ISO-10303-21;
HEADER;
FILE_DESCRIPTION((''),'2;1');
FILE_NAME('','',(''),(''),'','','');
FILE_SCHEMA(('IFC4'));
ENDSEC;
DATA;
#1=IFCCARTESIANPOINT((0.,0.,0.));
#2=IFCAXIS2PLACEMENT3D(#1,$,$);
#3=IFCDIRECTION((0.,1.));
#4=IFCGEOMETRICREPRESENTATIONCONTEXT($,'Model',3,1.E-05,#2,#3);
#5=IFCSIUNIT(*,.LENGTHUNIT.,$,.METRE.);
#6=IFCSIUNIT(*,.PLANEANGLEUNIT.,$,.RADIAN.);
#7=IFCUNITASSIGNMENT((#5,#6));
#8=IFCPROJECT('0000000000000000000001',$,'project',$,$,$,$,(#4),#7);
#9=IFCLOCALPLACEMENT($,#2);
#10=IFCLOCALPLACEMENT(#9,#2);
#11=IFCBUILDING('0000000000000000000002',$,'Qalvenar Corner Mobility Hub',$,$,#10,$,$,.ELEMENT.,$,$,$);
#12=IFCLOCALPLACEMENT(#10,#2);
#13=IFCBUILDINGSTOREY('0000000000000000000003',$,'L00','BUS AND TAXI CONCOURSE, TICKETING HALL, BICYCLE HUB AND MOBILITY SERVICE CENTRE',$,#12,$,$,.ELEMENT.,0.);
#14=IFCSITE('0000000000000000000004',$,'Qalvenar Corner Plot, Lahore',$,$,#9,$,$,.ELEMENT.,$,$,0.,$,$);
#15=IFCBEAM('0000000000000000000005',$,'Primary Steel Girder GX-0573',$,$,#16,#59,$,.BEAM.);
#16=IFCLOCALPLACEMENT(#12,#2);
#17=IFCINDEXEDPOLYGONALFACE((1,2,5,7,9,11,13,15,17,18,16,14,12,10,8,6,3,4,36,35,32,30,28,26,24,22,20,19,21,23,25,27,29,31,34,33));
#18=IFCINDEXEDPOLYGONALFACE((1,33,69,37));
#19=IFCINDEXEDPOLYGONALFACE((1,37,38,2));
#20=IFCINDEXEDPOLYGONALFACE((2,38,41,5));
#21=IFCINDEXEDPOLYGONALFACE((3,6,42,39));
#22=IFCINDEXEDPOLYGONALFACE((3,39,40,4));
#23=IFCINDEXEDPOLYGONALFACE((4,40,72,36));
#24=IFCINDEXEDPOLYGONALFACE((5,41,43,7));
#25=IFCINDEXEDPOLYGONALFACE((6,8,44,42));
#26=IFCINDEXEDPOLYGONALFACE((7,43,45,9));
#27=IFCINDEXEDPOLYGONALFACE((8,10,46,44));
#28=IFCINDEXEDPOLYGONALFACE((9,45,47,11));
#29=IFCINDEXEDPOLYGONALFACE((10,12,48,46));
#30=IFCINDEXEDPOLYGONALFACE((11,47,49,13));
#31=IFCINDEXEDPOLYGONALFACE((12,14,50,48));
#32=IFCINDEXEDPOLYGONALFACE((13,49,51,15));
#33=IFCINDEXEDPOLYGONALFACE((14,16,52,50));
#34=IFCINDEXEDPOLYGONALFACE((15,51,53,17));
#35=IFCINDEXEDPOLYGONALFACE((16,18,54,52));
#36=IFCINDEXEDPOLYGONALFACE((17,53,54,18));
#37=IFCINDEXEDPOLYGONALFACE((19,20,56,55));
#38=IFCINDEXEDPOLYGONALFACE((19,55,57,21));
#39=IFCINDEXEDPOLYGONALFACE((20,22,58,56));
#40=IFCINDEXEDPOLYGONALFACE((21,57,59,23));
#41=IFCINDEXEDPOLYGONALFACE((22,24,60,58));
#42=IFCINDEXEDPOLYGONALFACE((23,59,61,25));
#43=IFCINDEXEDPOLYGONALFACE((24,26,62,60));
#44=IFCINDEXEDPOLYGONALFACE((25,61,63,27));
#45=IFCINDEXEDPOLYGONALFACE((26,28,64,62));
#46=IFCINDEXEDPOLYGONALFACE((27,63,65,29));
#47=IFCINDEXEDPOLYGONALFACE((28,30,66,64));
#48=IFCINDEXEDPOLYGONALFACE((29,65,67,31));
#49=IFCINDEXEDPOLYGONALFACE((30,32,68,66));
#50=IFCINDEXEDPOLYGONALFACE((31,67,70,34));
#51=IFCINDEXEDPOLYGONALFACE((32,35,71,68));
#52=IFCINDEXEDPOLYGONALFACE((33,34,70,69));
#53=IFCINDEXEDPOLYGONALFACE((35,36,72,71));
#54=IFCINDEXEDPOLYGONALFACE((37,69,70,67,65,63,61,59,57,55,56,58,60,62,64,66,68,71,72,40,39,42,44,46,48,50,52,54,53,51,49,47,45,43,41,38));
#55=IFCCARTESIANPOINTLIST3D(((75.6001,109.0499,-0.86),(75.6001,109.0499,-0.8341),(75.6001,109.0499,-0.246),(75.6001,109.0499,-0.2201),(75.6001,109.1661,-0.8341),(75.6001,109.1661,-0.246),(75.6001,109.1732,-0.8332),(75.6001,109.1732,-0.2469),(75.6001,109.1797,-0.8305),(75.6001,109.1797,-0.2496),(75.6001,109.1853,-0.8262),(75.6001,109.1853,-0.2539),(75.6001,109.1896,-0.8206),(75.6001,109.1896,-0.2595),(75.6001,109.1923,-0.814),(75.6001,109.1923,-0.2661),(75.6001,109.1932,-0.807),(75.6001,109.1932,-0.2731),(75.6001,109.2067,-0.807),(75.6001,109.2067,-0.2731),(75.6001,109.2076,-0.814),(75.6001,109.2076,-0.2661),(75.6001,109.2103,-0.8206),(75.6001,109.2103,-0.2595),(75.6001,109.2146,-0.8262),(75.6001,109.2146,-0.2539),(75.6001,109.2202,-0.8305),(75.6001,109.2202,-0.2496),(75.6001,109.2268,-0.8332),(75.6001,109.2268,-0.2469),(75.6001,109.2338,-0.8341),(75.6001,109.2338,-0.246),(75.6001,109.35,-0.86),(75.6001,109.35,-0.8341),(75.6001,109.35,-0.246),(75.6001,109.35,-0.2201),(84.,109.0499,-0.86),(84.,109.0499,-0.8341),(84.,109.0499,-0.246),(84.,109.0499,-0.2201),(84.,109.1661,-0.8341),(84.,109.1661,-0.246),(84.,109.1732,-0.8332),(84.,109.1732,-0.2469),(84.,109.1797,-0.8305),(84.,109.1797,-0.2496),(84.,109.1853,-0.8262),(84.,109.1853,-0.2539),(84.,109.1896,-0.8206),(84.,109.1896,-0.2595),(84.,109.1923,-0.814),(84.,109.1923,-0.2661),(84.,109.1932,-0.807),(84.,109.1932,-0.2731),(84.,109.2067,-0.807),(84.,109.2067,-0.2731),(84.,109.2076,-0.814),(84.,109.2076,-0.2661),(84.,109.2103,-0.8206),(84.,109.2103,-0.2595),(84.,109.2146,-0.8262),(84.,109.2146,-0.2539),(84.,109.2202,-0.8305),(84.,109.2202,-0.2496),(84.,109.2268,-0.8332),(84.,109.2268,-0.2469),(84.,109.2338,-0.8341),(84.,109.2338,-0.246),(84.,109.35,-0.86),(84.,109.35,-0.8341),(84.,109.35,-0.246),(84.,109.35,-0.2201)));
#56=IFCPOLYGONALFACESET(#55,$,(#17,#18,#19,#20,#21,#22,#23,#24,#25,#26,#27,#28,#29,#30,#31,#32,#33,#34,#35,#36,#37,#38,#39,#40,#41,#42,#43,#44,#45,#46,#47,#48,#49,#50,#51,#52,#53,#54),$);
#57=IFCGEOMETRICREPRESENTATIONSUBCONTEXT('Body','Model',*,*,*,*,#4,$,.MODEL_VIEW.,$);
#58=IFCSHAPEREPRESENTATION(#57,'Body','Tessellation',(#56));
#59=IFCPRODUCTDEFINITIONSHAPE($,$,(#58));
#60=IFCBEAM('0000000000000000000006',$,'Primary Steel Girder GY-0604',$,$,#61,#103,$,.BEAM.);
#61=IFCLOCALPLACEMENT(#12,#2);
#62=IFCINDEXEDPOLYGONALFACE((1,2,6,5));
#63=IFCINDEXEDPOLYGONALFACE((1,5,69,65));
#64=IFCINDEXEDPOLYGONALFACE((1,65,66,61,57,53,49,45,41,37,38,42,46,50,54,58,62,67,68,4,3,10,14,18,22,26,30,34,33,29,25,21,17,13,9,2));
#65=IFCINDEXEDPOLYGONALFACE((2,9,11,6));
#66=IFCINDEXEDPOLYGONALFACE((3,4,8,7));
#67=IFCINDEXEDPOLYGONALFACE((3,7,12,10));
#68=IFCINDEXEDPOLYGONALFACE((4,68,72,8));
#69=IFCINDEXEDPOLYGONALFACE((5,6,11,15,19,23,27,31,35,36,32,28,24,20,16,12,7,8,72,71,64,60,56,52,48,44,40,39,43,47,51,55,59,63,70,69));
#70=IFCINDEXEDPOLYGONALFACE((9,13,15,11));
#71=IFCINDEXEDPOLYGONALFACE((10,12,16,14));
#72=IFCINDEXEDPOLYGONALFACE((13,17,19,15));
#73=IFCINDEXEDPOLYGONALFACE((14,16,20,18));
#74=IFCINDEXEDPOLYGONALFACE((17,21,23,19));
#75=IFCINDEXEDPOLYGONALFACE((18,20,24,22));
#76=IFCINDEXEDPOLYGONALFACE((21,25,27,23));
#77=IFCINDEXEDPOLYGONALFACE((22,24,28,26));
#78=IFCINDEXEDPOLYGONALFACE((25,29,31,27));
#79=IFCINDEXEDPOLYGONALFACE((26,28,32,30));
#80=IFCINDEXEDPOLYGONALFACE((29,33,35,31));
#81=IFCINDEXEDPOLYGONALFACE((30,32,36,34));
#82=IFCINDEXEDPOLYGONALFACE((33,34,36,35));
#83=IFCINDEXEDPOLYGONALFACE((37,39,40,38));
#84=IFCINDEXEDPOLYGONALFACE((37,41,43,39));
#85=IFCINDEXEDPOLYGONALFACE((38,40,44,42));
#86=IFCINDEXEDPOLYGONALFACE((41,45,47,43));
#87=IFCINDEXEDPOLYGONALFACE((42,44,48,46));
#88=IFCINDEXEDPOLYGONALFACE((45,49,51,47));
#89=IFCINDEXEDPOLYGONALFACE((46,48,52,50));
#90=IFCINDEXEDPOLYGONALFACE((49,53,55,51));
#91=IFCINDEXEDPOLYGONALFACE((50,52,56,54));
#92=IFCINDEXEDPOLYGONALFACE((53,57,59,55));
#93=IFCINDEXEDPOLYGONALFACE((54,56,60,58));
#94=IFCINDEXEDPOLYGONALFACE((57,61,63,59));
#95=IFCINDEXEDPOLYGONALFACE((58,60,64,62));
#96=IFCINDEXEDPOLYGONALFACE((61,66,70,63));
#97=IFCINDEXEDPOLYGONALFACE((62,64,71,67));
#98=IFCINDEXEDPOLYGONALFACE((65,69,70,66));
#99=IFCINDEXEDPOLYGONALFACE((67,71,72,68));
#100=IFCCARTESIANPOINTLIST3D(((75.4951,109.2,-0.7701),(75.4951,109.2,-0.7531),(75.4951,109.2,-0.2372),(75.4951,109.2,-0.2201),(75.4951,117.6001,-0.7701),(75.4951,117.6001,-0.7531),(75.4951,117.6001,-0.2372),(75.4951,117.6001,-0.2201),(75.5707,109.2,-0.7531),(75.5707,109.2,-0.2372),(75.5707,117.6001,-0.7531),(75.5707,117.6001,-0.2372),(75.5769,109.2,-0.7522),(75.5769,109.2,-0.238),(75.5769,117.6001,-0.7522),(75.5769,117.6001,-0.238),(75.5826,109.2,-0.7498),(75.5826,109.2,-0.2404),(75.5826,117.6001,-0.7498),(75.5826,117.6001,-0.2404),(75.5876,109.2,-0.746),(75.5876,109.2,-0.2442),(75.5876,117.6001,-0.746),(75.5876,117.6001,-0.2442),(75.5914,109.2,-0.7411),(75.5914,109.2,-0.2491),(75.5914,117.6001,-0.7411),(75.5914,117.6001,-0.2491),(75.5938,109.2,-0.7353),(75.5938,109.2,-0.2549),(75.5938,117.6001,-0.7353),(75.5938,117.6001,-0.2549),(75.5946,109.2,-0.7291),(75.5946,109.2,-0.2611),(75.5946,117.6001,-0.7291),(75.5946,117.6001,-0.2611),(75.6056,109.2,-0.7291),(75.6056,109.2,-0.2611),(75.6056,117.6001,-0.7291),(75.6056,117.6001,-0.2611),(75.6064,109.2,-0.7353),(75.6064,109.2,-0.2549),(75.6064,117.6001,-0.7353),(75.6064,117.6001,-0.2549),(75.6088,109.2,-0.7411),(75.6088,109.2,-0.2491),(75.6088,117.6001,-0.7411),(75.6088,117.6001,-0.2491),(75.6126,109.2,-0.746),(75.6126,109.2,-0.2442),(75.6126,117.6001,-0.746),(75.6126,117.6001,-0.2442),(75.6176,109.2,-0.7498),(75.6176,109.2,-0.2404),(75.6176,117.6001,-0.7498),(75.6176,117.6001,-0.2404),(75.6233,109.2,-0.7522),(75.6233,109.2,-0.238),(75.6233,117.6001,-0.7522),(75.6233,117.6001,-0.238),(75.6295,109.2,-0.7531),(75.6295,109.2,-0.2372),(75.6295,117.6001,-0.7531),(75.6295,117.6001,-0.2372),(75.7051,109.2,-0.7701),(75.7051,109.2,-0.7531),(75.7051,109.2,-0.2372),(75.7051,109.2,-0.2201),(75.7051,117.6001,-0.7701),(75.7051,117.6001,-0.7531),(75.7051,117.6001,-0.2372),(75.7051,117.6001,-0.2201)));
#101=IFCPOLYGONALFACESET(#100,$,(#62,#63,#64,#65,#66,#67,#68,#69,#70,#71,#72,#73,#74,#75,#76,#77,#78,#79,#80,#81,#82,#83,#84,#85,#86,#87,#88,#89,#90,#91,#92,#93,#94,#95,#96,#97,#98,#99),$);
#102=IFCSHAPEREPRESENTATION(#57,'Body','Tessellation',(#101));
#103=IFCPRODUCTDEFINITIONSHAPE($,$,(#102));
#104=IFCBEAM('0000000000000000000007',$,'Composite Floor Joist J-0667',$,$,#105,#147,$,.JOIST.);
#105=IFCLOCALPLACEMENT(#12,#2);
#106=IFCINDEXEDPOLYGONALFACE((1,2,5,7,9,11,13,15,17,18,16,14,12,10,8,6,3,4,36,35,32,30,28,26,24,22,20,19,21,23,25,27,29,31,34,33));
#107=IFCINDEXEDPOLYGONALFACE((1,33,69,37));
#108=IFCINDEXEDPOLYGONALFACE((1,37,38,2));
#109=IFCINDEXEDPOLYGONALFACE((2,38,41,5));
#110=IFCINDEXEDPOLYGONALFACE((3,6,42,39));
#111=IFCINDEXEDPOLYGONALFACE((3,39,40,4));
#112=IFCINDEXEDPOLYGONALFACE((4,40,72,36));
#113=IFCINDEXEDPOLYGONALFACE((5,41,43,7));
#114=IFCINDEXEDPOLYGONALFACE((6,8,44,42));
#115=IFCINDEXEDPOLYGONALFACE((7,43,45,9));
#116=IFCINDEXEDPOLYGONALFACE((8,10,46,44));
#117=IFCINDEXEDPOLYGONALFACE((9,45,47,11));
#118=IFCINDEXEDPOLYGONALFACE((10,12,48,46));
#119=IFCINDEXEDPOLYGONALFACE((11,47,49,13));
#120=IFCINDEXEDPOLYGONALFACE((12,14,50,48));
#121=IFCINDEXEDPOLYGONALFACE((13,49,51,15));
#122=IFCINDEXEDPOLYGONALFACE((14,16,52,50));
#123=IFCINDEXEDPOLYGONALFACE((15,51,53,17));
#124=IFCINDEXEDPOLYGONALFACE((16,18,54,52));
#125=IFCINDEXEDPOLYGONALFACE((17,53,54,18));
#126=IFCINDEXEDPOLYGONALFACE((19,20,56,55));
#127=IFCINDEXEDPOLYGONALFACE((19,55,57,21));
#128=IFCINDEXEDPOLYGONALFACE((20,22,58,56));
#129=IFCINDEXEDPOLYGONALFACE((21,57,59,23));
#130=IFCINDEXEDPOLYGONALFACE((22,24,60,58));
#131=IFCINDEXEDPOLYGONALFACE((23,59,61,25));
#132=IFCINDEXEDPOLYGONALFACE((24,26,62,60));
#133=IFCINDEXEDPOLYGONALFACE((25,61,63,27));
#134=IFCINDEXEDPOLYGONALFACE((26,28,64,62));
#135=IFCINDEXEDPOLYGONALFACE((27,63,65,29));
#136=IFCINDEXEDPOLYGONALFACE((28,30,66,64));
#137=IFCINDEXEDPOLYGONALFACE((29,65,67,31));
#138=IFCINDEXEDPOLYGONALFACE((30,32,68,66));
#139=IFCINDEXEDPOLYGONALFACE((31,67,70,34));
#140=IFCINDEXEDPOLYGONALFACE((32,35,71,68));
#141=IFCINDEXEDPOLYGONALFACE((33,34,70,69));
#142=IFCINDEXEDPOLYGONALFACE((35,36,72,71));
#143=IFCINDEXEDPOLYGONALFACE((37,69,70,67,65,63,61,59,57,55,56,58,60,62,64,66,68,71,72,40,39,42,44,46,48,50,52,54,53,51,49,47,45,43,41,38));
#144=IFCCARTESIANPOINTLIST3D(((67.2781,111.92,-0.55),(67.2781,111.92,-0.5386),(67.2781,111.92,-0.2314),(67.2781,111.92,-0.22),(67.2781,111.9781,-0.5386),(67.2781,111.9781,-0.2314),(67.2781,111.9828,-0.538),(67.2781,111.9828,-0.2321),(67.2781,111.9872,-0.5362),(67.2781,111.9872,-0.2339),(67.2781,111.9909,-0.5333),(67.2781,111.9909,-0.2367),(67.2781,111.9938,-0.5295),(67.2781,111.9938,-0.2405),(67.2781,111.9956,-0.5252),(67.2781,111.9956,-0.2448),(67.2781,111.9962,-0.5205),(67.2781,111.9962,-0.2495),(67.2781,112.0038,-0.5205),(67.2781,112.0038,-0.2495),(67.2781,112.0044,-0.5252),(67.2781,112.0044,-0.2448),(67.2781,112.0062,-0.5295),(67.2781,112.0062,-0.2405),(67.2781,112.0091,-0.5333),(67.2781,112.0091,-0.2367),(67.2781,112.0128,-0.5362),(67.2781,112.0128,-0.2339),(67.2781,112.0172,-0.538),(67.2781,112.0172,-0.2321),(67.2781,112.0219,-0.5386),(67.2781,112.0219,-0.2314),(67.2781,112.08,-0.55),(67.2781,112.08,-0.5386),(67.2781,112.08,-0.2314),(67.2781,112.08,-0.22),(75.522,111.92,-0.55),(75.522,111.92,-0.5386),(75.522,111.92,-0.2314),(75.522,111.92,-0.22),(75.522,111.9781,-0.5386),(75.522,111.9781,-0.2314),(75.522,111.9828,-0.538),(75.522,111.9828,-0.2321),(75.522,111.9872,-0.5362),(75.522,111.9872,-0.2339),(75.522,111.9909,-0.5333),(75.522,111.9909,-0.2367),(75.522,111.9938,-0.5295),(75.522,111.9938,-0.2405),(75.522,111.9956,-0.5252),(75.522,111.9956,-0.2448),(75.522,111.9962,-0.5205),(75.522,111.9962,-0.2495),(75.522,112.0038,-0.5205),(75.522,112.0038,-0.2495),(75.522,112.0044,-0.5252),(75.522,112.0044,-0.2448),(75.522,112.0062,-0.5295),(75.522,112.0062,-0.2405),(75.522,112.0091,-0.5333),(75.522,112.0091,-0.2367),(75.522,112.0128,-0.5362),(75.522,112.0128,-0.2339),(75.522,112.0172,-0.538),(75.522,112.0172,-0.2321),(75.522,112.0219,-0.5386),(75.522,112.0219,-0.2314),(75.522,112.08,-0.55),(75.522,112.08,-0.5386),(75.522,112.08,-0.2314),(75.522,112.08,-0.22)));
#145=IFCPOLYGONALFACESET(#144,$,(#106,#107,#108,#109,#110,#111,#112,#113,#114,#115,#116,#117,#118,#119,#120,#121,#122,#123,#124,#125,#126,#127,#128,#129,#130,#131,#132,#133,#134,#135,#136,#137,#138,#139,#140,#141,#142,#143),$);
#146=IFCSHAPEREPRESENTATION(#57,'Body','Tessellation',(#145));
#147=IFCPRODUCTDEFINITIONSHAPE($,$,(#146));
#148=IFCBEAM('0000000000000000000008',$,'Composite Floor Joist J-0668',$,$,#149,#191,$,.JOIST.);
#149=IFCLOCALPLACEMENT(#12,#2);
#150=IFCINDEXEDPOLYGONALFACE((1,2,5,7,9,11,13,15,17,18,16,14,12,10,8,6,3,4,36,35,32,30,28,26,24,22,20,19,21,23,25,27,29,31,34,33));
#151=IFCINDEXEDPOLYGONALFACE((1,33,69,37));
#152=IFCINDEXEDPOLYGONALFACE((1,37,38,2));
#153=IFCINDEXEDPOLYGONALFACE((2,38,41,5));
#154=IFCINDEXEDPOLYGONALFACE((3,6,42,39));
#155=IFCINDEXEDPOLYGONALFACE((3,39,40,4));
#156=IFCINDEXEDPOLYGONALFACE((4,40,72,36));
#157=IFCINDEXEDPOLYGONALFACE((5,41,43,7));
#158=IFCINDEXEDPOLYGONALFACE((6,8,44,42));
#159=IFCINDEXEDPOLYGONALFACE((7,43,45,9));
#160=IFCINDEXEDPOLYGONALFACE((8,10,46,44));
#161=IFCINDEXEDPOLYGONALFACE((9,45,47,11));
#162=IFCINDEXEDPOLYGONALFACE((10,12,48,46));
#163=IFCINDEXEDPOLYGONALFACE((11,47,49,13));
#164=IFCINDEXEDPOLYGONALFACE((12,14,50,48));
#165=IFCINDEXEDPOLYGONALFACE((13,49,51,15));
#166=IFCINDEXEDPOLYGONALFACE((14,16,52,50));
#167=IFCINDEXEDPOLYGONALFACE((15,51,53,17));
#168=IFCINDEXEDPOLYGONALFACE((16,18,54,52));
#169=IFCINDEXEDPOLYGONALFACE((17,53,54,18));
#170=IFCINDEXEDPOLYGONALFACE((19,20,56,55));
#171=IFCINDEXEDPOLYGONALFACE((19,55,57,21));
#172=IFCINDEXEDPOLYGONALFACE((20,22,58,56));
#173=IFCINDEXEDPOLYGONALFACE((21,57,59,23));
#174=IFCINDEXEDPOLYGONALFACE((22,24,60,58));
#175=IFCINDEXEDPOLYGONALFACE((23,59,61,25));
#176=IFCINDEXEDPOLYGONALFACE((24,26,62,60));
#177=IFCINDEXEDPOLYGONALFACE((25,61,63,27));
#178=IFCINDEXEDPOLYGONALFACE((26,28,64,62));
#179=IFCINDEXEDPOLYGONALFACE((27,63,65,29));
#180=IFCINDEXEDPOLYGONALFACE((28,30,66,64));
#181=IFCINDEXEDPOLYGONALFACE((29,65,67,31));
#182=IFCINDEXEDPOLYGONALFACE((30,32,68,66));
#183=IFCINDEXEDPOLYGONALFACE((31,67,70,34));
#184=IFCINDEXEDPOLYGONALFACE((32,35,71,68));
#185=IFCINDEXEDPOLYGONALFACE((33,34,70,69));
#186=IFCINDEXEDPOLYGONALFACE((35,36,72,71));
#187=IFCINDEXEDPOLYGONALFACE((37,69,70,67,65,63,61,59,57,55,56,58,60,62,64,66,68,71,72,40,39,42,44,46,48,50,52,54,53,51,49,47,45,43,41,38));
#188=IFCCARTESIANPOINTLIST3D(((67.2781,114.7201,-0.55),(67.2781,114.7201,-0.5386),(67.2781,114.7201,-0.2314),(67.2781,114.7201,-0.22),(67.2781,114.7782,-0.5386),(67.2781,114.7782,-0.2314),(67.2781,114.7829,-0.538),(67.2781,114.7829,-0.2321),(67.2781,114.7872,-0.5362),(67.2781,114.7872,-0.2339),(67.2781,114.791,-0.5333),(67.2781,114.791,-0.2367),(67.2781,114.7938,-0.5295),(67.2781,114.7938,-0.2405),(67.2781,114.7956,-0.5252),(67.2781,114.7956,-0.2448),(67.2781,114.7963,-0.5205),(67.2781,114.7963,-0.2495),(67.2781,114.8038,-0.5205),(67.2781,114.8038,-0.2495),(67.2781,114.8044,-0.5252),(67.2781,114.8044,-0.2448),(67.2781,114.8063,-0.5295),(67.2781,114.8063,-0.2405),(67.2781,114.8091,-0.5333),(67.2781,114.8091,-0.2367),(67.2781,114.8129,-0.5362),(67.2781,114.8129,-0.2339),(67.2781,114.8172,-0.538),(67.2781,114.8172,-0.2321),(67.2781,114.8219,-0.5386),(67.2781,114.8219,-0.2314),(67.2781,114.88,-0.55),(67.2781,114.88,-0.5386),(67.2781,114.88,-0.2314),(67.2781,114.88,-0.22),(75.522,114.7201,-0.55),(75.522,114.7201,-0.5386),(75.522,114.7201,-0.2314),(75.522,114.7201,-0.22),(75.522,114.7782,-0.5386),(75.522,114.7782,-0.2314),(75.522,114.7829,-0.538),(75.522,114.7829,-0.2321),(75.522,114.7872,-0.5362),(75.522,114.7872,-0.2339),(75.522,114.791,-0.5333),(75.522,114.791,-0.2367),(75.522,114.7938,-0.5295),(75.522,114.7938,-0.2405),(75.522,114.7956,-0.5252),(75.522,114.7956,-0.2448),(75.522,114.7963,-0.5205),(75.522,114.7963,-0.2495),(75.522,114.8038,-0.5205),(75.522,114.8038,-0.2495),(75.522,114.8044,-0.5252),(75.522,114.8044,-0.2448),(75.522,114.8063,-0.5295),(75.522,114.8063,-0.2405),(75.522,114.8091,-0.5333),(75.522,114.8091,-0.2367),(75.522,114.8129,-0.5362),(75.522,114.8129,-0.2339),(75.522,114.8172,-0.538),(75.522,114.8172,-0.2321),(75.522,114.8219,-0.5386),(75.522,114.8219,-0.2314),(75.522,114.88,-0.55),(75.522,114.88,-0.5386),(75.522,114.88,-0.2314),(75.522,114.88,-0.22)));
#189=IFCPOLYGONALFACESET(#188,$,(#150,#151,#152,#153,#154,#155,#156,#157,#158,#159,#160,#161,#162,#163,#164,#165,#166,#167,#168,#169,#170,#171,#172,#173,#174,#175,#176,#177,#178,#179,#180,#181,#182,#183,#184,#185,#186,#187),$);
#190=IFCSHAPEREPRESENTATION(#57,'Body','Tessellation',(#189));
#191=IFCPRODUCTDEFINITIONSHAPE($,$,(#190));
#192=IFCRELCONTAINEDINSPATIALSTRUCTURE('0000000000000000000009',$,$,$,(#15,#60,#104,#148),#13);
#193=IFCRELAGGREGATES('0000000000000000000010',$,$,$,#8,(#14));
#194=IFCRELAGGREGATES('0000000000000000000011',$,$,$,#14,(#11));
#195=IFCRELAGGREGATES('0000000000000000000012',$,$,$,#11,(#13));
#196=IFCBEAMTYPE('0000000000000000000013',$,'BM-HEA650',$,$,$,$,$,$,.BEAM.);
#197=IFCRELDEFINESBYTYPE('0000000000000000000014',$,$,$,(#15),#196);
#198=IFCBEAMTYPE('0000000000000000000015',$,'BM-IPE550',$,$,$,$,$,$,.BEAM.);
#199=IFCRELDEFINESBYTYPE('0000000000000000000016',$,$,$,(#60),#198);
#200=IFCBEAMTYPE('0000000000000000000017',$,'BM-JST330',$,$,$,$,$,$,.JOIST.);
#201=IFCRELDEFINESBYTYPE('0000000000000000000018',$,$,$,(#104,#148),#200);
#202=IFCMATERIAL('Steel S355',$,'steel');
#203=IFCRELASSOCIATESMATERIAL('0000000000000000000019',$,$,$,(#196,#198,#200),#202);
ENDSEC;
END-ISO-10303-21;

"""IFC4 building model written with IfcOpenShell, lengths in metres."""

from ifc_helpers import new_model, si_unit, direction, frame, origin, origin_2d, place, context, subcontext, project, spatial, i_section, extrude, material, material_profile, profile_set, type_object, element, save


model = new_model("IFC4")

# Units and contexts
model_context = context("Model", 3, precision=1e-05, world=origin(), true_north=direction((0.0, 1.0)))
body_context = subcontext(model_context, "Body", "Model", "MODEL_VIEW")
ifc_project = project(units=[si_unit("LENGTHUNIT", "METRE"), si_unit("PLANEANGLEUNIT", "RADIAN")], contexts=[model_context])

# Site, building, storey
site_placement = place(None, origin())
site = spatial("IfcSite", under=ifc_project, at=site_placement, Name="Qalvenar Corner Plot, Lahore", CompositionType="ELEMENT", RefElevation=0.0)
building_placement = place(site_placement, origin())
building = spatial("IfcBuilding", under=site, at=building_placement, Name="Qalvenar Corner Mobility Hub", CompositionType="ELEMENT")
storey_placement = place(building_placement, origin())
storey = spatial("IfcBuildingStorey", under=building, at=storey_placement, Name="L00", Description="BUS AND TAXI CONCOURSE, TICKETING HALL, BICYCLE HUB AND MOBILITY SERVICE CENTRE", CompositionType="ELEMENT", Elevation=0.0)

# Beams
ifc_material_1 = material(Name="Steel S355", Category="steel")
ifc_material_profile_1 = material_profile(ifc_material_1, i_section(OverallWidth=0.3, OverallDepth=0.6399, WebThickness=0.0134, FlangeThickness=0.0259, FilletRadius=0.0271, at=origin_2d()), Name="HEA650")
ifc_profile_set_1 = profile_set([ifc_material_profile_1], Name="Steel S355")
beam_type_1 = type_object("IfcBeamType", Name="BM-HEA650", PredefinedType="BEAM", material=ifc_profile_set_1)
beam_1_placement = place(storey_placement, frame((75.6001, 109.2, -0.54), z_axis=(1.0, 0.0, 0.0), x_axis=(0.0, 1.0, 0.0)))
element("IfcBeam", 1, at=beam_1_placement, inside=storey, type_object=beam_type_1, Name="Primary Steel Girder GX-0573", PredefinedType="BEAM", context=body_context, shape_type="SweptSolid", body=[
    extrude(i_section(OverallWidth=0.3, OverallDepth=0.6399, WebThickness=0.0134, FlangeThickness=0.0259, FilletRadius=0.0271, at=origin_2d()), origin(), (0.0, 0.0, 1.0), 8.3999),
])
ifc_material_profile_2 = material_profile(ifc_material_1, i_section(OverallWidth=0.21, OverallDepth=0.55, WebThickness=0.011, FlangeThickness=0.0171, FilletRadius=0.0239, at=origin_2d()), Name="IPE550")
ifc_profile_set_2 = profile_set([ifc_material_profile_2], Name="Steel S355")
beam_type_2 = type_object("IfcBeamType", Name="BM-IPE550", PredefinedType="BEAM", material=ifc_profile_set_2)
beam_2_placement = place(storey_placement, frame((75.6001, 109.2, -0.4951), z_axis=(0.0, 1.0, 0.0), x_axis=(-1.0, 0.0, 0.0)))
element("IfcBeam", 2, at=beam_2_placement, inside=storey, type_object=beam_type_2, Name="Primary Steel Girder GY-0604", PredefinedType="BEAM", context=body_context, shape_type="SweptSolid", body=[
    extrude(i_section(OverallWidth=0.21, OverallDepth=0.55, WebThickness=0.011, FlangeThickness=0.0171, FilletRadius=0.0239, at=origin_2d()), origin(), (0.0, 0.0, 1.0), 8.4001),
])
ifc_material_profile_3 = material_profile(ifc_material_1, i_section(OverallWidth=0.1599, OverallDepth=0.3301, WebThickness=0.0076, FlangeThickness=0.0115, FilletRadius=0.0181, at=origin_2d()), Name="IPE330")
ifc_profile_set_3 = profile_set([ifc_material_profile_3], Name="Steel S355")
beam_type_3 = type_object("IfcBeamType", Name="BM-JST330", PredefinedType="JOIST", material=ifc_profile_set_3)
for number, where, z_axis, x_axis, name in (
    (3, (67.2781, 112.0, -0.385), (1.0, 0.0, 0.0), (0.0, 1.0, 0.0), "Composite Floor Joist J-0667"),
    (4, (67.2781, 114.8, -0.385), (1.0, 0.0, 0.0), (0.0, 1.0, 0.0), "Composite Floor Joist J-0668"),
):
    element("IfcBeam", number, at=place(storey_placement, frame(where, z_axis=z_axis, x_axis=x_axis)), inside=storey, type_object=beam_type_3, Name=name, PredefinedType="JOIST", context=body_context, shape_type="SweptSolid", body=[
        extrude(i_section(OverallWidth=0.1599, OverallDepth=0.3301, WebThickness=0.0076, FlangeThickness=0.0115, FilletRadius=0.0181, at=origin_2d()), origin(), (0.0, 0.0, 1.0), 8.2439),
    ])

save(model, "model.ifc")
